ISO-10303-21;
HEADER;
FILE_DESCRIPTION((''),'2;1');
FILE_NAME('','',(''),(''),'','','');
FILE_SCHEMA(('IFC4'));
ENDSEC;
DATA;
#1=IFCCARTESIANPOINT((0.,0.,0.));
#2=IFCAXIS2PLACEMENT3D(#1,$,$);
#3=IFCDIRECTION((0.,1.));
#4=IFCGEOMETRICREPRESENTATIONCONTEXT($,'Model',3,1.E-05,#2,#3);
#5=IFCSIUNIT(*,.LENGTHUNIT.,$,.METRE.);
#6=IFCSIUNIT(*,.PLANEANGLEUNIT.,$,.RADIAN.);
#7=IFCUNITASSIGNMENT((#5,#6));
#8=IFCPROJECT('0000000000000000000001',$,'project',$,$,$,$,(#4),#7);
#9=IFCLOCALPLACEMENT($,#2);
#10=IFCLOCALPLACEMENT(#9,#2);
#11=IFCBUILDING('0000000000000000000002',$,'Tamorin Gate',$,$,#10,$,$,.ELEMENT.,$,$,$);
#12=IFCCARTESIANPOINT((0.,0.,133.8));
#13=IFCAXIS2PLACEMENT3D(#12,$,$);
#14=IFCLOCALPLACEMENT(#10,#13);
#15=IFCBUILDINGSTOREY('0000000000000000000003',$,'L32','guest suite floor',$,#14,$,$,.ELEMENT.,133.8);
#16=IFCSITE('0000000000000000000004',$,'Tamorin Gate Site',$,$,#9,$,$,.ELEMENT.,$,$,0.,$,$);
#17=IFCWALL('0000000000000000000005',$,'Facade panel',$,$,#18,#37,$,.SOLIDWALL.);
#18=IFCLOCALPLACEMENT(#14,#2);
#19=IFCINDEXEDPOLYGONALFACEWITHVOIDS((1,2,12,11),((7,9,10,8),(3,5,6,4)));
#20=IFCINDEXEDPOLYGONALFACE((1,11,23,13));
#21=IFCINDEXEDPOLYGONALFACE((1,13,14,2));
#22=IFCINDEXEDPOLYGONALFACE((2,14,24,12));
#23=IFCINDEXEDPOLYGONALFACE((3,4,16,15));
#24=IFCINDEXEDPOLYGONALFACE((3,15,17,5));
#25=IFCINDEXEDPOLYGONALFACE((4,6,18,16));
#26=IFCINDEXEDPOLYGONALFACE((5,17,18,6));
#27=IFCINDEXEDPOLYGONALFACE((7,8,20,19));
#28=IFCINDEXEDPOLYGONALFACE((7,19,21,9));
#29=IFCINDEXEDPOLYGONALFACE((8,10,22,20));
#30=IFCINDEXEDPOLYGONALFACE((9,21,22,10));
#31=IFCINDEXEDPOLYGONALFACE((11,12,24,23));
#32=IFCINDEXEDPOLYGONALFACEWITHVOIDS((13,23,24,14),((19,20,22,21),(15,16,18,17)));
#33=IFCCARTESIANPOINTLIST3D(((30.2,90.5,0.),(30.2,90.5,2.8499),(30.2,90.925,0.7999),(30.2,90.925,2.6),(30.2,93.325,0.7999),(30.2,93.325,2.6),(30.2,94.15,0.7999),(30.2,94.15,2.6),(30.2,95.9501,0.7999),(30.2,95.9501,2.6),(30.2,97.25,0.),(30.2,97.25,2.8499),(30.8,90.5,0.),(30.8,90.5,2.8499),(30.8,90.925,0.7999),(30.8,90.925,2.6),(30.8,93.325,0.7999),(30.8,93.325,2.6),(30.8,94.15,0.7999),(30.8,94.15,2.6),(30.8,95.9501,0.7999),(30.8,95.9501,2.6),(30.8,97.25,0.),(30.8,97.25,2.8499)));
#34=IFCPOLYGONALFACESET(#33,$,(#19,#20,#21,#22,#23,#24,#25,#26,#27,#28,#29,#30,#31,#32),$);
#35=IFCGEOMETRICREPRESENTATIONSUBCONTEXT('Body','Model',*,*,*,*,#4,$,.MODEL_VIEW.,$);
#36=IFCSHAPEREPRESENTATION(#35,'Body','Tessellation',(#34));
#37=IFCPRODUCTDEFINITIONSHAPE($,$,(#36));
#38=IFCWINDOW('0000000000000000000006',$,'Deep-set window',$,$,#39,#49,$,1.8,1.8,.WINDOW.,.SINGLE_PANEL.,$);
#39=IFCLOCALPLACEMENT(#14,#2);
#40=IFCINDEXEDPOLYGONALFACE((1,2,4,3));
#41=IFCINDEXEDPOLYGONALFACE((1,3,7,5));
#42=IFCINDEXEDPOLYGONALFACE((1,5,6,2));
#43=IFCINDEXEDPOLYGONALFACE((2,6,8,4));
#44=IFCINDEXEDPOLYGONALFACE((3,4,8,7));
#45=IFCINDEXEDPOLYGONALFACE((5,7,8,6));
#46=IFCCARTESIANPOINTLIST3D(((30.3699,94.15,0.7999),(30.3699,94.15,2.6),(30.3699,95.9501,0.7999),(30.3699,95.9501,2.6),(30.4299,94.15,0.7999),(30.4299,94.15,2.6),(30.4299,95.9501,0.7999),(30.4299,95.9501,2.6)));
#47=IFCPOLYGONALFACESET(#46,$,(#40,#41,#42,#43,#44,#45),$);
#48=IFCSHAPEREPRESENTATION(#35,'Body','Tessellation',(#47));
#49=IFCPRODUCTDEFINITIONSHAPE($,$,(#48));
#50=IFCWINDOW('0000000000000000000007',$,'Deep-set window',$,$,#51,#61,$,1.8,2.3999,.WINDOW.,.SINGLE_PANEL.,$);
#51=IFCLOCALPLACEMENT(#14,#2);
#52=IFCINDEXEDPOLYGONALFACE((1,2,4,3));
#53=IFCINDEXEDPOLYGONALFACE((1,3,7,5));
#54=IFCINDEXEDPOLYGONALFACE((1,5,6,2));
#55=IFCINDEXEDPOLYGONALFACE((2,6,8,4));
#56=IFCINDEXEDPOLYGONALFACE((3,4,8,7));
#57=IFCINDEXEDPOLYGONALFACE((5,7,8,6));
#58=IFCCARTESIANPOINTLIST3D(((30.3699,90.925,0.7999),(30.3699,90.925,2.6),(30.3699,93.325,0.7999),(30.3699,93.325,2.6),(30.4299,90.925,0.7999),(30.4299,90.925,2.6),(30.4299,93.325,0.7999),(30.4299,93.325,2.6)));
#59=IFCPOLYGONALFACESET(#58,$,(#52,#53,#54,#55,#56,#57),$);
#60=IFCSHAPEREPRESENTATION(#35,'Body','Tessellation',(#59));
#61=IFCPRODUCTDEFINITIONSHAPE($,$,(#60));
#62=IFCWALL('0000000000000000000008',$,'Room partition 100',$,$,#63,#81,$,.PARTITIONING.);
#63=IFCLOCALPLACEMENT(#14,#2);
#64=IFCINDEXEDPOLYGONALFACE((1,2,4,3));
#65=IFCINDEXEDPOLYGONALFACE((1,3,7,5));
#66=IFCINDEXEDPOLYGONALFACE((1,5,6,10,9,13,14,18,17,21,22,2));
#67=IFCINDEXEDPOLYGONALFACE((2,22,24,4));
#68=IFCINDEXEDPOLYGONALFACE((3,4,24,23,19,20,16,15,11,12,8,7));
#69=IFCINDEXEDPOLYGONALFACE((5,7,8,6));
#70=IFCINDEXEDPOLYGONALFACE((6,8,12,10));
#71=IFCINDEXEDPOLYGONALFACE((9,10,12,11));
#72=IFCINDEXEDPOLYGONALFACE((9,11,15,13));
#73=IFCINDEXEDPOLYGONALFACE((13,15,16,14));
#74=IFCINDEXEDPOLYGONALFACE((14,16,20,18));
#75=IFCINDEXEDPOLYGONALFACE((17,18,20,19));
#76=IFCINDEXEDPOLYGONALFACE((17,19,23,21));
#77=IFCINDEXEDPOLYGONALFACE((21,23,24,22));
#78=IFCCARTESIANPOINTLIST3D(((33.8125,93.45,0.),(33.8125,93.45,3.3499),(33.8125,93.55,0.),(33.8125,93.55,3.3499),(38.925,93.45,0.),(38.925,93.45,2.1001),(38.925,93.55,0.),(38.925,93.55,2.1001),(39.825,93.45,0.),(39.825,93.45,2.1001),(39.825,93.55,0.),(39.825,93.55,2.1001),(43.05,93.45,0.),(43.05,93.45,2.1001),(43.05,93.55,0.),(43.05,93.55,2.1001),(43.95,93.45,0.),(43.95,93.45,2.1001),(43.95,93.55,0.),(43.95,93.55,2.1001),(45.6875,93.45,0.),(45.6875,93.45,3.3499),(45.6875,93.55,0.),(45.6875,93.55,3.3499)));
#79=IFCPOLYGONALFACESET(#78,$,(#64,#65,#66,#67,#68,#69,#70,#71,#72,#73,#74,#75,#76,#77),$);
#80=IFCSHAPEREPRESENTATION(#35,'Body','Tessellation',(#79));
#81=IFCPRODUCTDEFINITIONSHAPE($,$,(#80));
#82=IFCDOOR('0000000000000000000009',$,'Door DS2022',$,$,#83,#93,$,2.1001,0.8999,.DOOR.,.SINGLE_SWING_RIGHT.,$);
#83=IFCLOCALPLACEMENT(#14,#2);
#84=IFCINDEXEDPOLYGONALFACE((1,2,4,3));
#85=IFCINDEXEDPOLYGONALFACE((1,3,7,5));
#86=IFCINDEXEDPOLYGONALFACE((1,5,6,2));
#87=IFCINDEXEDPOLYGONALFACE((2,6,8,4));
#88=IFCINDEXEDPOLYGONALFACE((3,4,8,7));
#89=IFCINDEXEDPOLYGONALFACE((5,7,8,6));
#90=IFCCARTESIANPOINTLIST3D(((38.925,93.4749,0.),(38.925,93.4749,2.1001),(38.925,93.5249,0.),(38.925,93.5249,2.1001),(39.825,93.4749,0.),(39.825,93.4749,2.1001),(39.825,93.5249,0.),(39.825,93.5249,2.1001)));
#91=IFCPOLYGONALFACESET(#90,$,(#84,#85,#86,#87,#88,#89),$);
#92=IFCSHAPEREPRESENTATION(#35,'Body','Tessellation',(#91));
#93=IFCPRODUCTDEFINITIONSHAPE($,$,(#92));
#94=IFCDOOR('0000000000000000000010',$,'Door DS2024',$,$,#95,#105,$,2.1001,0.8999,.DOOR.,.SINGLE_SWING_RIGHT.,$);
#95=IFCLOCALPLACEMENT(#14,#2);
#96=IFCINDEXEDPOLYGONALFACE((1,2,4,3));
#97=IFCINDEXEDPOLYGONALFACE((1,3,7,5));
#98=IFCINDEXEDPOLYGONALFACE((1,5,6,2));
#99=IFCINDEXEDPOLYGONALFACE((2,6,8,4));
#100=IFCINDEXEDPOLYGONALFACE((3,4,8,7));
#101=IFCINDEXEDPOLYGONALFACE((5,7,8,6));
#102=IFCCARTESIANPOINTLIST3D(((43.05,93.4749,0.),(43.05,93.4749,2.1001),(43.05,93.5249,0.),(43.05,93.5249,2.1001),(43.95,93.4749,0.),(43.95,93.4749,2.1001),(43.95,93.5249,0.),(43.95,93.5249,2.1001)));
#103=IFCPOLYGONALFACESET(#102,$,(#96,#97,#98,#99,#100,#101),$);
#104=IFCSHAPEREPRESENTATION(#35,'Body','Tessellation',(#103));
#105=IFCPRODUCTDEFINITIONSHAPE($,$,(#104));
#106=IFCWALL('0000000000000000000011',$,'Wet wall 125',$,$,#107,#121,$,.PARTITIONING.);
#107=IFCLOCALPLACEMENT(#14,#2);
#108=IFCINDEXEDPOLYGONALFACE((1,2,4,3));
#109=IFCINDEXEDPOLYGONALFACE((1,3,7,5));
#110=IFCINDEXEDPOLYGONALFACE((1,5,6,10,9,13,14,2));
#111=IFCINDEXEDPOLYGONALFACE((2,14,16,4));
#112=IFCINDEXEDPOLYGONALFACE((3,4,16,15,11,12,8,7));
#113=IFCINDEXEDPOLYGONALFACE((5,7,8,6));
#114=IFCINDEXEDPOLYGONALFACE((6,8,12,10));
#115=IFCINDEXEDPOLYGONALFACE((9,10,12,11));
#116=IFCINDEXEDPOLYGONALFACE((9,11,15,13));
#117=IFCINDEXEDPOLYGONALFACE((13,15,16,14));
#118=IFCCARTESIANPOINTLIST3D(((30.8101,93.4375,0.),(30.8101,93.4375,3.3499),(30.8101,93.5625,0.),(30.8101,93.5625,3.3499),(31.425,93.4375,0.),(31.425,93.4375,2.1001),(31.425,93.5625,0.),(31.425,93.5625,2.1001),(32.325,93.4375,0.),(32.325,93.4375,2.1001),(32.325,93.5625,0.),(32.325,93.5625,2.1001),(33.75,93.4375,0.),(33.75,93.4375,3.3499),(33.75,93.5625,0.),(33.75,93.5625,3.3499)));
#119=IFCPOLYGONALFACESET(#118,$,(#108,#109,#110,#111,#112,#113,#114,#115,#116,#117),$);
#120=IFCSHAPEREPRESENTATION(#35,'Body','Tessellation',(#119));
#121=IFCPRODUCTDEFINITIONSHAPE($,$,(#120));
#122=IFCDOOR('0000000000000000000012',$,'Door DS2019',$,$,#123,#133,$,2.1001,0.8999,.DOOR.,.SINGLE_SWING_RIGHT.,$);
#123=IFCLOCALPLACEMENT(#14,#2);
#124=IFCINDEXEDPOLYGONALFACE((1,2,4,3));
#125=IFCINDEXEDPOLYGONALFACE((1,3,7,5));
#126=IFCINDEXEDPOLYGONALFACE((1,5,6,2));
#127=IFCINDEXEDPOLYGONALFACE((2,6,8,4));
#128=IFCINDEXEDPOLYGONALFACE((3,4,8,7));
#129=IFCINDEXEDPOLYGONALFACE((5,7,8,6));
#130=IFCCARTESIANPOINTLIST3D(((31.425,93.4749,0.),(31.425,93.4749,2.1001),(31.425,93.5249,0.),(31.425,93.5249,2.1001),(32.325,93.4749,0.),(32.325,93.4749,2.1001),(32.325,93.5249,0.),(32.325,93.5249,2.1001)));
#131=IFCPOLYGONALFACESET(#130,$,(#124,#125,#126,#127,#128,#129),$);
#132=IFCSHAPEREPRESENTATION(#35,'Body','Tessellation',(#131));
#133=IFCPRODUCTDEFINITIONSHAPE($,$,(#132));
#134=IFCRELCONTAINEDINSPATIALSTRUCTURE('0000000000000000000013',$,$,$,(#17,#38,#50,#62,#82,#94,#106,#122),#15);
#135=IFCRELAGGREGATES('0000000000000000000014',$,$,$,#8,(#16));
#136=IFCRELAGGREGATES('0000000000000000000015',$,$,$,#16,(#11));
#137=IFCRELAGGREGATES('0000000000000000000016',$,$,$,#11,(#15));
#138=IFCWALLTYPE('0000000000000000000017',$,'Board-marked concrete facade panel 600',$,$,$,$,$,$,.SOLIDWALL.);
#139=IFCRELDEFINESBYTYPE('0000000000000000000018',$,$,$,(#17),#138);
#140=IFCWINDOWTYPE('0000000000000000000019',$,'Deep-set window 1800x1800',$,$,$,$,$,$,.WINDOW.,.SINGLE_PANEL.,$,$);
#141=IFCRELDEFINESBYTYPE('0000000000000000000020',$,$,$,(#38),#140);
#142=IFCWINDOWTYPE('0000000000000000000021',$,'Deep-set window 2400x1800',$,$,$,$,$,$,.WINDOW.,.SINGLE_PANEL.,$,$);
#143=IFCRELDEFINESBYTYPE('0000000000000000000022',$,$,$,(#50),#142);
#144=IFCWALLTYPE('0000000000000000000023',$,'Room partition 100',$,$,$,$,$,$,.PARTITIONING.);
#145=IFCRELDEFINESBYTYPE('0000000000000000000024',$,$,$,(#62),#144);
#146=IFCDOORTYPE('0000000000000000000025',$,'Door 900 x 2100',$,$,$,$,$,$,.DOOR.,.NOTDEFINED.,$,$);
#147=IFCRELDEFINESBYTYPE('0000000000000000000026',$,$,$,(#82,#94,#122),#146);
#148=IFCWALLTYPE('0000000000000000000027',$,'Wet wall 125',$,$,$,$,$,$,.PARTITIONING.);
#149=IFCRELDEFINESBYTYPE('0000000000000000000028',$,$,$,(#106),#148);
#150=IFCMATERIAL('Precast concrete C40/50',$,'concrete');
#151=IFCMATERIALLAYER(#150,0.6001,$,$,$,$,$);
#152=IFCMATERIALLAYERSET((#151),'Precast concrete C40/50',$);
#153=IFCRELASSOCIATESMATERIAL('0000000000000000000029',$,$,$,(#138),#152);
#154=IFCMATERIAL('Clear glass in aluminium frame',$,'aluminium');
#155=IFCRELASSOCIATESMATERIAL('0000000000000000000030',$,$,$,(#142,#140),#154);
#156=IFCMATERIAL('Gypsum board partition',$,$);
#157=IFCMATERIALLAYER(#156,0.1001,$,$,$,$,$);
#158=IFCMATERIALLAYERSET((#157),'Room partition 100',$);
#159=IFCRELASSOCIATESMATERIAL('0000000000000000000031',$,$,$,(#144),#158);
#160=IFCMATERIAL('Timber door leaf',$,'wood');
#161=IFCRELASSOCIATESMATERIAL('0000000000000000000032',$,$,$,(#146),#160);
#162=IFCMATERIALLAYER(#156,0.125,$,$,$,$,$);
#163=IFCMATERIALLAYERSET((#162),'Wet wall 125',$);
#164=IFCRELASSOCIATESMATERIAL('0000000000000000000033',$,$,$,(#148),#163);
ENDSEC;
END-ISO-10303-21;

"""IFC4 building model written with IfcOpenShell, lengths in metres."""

from ifc_helpers import new_model, si_unit, direction, frame, frame_2d, origin, place, context, subcontext, project, spatial, rectangle, extrude, material, layer, layer_set, type_object, element, fill, save


model = new_model("IFC4")

# Units and contexts
model_context = context("Model", 3, precision=1e-05, world=origin(), true_north=direction((0.0, 1.0)))
body_context = subcontext(model_context, "Body", "Model", "MODEL_VIEW")
ifc_project = project(units=[si_unit("LENGTHUNIT", "METRE"), si_unit("PLANEANGLEUNIT", "RADIAN")], contexts=[model_context])

# Site, building, storey
site_placement = place(None, origin())
site = spatial("IfcSite", under=ifc_project, at=site_placement, Name="Tamorin Gate Site", CompositionType="ELEMENT", RefElevation=0.0)
building_placement = place(site_placement, origin())
building = spatial("IfcBuilding", under=site, at=building_placement, Name="Tamorin Gate", CompositionType="ELEMENT")
storey_placement = place(building_placement, frame((0.0, 0.0, 133.8)))
storey = spatial("IfcBuildingStorey", under=building, at=storey_placement, Name="L32", Description="guest suite floor", CompositionType="ELEMENT", Elevation=133.8)

# Shared definitions
ifc_material_1 = material(Name="Precast concrete C40/50", Category="concrete")
ifc_layer_1 = layer(ifc_material_1, 0.6001)
ifc_layer_set_1 = layer_set([ifc_layer_1], Name="Precast concrete C40/50")
wall_type_1 = type_object("IfcWallType", Name="Board-marked concrete facade panel 600", PredefinedType="SOLIDWALL", material=ifc_layer_set_1)

# Shared definitions
ifc_material_2 = material(Name="Clear glass in aluminium frame", Category="aluminium")
window_type_1 = type_object("IfcWindowType", Name="Deep-set window 2400x1800", PartitioningType="SINGLE_PANEL", PredefinedType="WINDOW", material=ifc_material_2)

# Wall, openings, windows
wall_1_placement = place(storey_placement, frame((30.5, 97.25, 0.0), z_axis=(0.0, 0.0, 1.0), x_axis=(0.0, -1.0, 0.0)))
wall_1 = element("IfcWall", 1, at=wall_1_placement, inside=storey, type_object=wall_type_1, Name="Facade panel", PredefinedType="SOLIDWALL", context=body_context, shape_type="SweptSolid", body=[
    extrude(rectangle(XDim=6.75, YDim=0.6001, at=frame_2d((3.375, 0.0))), origin(), (0.0, 0.0, 1.0), 2.8499),
])
opening_1_placement = place(wall_1_placement, frame((3.925, 0.0, 0.8)))
opening_1 = element("IfcOpeningElement", 2, at=opening_1_placement, cuts=wall_1, PredefinedType="OPENING", context=body_context, shape_type="SweptSolid", body=[
    extrude(rectangle(XDim=2.3999, YDim=1.8, at=frame_2d((1.2, 0.8999))), frame((0.0, 0.3101, 0.0), z_axis=(0.0, -1.0, 0.0), x_axis=(1.0, 0.0, 0.0)), (0.0, 0.0, 1.0), 0.6201),
])
opening_2_placement = place(wall_1_placement, frame((1.3, 0.0, 0.8)))
opening_2 = element("IfcOpeningElement", 3, at=opening_2_placement, cuts=wall_1, PredefinedType="OPENING", context=body_context, shape_type="SweptSolid", body=[
    extrude(rectangle(XDim=1.8, YDim=1.8, at=frame_2d((0.8999, 0.8999))), frame((0.0, 0.3101, 0.0), z_axis=(0.0, -1.0, 0.0), x_axis=(1.0, 0.0, 0.0)), (0.0, 0.0, 1.0), 0.6201),
])
window_type_2 = type_object("IfcWindowType", Name="Deep-set window 1800x1800", PartitioningType="SINGLE_PANEL", PredefinedType="WINDOW", material=ifc_material_2)
window_1_placement = place(opening_2_placement, origin())
window_1 = element("IfcWindow", 4, at=window_1_placement, inside=storey, type_object=window_type_2, Name="Deep-set window", OverallHeight=1.8, OverallWidth=1.8, PartitioningType="SINGLE_PANEL", PredefinedType="WINDOW", context=body_context, shape_type="SweptSolid", body=[
    extrude(rectangle(XDim=1.8, YDim=1.8, at=frame_2d((0.8999, 0.8999))), frame((0.0, -0.0701, 0.0), z_axis=(0.0, -1.0, 0.0), x_axis=(1.0, 0.0, 0.0)), (0.0, 0.0, 1.0), 0.0601),
])
fill(opening_2, window_1)
window_2_placement = place(opening_1_placement, origin())
window_2 = element("IfcWindow", 5, at=window_2_placement, inside=storey, type_object=window_type_1, Name="Deep-set window", OverallHeight=1.8, OverallWidth=2.3999, PartitioningType="SINGLE_PANEL", PredefinedType="WINDOW", context=body_context, shape_type="SweptSolid", body=[
    extrude(rectangle(XDim=2.3999, YDim=1.8, at=frame_2d((1.2, 0.8999))), frame((0.0, -0.0701, 0.0), z_axis=(0.0, -1.0, 0.0), x_axis=(1.0, 0.0, 0.0)), (0.0, 0.0, 1.0), 0.0601),
])
fill(opening_1, window_2)

# Wall, openings, doors
ifc_material_3 = material(Name="Gypsum board partition")
ifc_layer_2 = layer(ifc_material_3, 0.1001)
ifc_layer_set_2 = layer_set([ifc_layer_2], Name="Room partition 100")
wall_type_2 = type_object("IfcWallType", Name="Room partition 100", PredefinedType="PARTITIONING", material=ifc_layer_set_2)
wall_2_placement = place(storey_placement, frame((33.8125, 93.5, 0.0), z_axis=(0.0, 0.0, 1.0), x_axis=(1.0, 0.0, 0.0)))
wall_2 = element("IfcWall", 6, at=wall_2_placement, inside=storey, type_object=wall_type_2, Name="Room partition 100", PredefinedType="PARTITIONING", context=body_context, shape_type="SweptSolid", body=[
    extrude(rectangle(XDim=11.875, YDim=0.1001, at=frame_2d((5.9375, 0.0))), origin(), (0.0, 0.0, 1.0), 3.3499),
])
opening_3_placement = place(wall_2_placement, frame((5.1125, 0.0, 0.0)))
opening_3 = element("IfcOpeningElement", 7, at=opening_3_placement, cuts=wall_2, PredefinedType="OPENING", context=body_context, shape_type="SweptSolid", body=[
    extrude(rectangle(XDim=0.8999, YDim=2.1001, at=frame_2d((0.45, 1.05))), frame((0.0, 0.0601, 0.0), z_axis=(0.0, -1.0, 0.0), x_axis=(1.0, 0.0, 0.0)), (0.0, 0.0, 1.0), 0.1201),
])
opening_4_placement = place(wall_2_placement, frame((9.2375, 0.0, 0.0)))
opening_4 = element("IfcOpeningElement", 8, at=opening_4_placement, cuts=wall_2, PredefinedType="OPENING", context=body_context, shape_type="SweptSolid", body=[
    extrude(rectangle(XDim=0.8999, YDim=2.1001, at=frame_2d((0.45, 1.05))), frame((0.0, 0.0601, 0.0), z_axis=(0.0, -1.0, 0.0), x_axis=(1.0, 0.0, 0.0)), (0.0, 0.0, 1.0), 0.1201),
])
ifc_material_4 = material(Name="Timber door leaf", Category="wood")
door_type = type_object("IfcDoorType", Name="Door 900 x 2100", OperationType="NOTDEFINED", PredefinedType="DOOR", material=ifc_material_4)
door_1_placement = place(opening_3_placement, origin())
door_1 = element("IfcDoor", 9, at=door_1_placement, inside=storey, type_object=door_type, Name="Door DS2022", OperationType="SINGLE_SWING_RIGHT", OverallHeight=2.1001, OverallWidth=0.8999, PredefinedType="DOOR", context=body_context, shape_type="SweptSolid", body=[
    extrude(rectangle(XDim=0.8999, YDim=2.1001, at=frame_2d((0.45, 1.05))), frame((0.0, 0.0249, 0.0), z_axis=(0.0, -1.0, 0.0), x_axis=(1.0, 0.0, 0.0)), (0.0, 0.0, 1.0), 0.05),
])
fill(opening_3, door_1)
door_2_placement = place(opening_4_placement, origin())
door_2 = element("IfcDoor", 10, at=door_2_placement, inside=storey, type_object=door_type, Name="Door DS2024", OperationType="SINGLE_SWING_RIGHT", OverallHeight=2.1001, OverallWidth=0.8999, PredefinedType="DOOR", context=body_context, shape_type="SweptSolid", body=[
    extrude(rectangle(XDim=0.8999, YDim=2.1001, at=frame_2d((0.45, 1.05))), frame((0.0, 0.0249, 0.0), z_axis=(0.0, -1.0, 0.0), x_axis=(1.0, 0.0, 0.0)), (0.0, 0.0, 1.0), 0.05),
])
fill(opening_4, door_2)

# Wall, opening, door
ifc_layer_3 = layer(ifc_material_3, 0.125)
ifc_layer_set_3 = layer_set([ifc_layer_3], Name="Wet wall 125")
wall_type_3 = type_object("IfcWallType", Name="Wet wall 125", PredefinedType="PARTITIONING", material=ifc_layer_set_3)
wall_3_placement = place(storey_placement, frame((30.8101, 93.5, 0.0), z_axis=(0.0, 0.0, 1.0), x_axis=(1.0, 0.0, 0.0)))
wall_3 = element("IfcWall", 11, at=wall_3_placement, inside=storey, type_object=wall_type_3, Name="Wet wall 125", PredefinedType="PARTITIONING", context=body_context, shape_type="SweptSolid", body=[
    extrude(rectangle(XDim=2.9399, YDim=0.125, at=frame_2d((1.47, 0.0))), origin(), (0.0, 0.0, 1.0), 3.3499),
])
opening_5_placement = place(wall_3_placement, frame((0.615, 0.0, 0.0)))
opening_5 = element("IfcOpeningElement", 12, at=opening_5_placement, cuts=wall_3, PredefinedType="OPENING", context=body_context, shape_type="SweptSolid", body=[
    extrude(rectangle(XDim=0.8999, YDim=2.1001, at=frame_2d((0.45, 1.05))), frame((0.0, 0.0725, 0.0), z_axis=(0.0, -1.0, 0.0), x_axis=(1.0, 0.0, 0.0)), (0.0, 0.0, 1.0), 0.145),
])
door_3_placement = place(opening_5_placement, origin())
door_3 = element("IfcDoor", 13, at=door_3_placement, inside=storey, type_object=door_type, Name="Door DS2019", OperationType="SINGLE_SWING_RIGHT", OverallHeight=2.1001, OverallWidth=0.8999, PredefinedType="DOOR", context=body_context, shape_type="SweptSolid", body=[
    extrude(rectangle(XDim=0.8999, YDim=2.1001, at=frame_2d((0.45, 1.05))), frame((0.0, 0.0249, 0.0), z_axis=(0.0, -1.0, 0.0), x_axis=(1.0, 0.0, 0.0)), (0.0, 0.0, 1.0), 0.05),
])
fill(opening_5, door_3)

save(model, "model.ifc")
